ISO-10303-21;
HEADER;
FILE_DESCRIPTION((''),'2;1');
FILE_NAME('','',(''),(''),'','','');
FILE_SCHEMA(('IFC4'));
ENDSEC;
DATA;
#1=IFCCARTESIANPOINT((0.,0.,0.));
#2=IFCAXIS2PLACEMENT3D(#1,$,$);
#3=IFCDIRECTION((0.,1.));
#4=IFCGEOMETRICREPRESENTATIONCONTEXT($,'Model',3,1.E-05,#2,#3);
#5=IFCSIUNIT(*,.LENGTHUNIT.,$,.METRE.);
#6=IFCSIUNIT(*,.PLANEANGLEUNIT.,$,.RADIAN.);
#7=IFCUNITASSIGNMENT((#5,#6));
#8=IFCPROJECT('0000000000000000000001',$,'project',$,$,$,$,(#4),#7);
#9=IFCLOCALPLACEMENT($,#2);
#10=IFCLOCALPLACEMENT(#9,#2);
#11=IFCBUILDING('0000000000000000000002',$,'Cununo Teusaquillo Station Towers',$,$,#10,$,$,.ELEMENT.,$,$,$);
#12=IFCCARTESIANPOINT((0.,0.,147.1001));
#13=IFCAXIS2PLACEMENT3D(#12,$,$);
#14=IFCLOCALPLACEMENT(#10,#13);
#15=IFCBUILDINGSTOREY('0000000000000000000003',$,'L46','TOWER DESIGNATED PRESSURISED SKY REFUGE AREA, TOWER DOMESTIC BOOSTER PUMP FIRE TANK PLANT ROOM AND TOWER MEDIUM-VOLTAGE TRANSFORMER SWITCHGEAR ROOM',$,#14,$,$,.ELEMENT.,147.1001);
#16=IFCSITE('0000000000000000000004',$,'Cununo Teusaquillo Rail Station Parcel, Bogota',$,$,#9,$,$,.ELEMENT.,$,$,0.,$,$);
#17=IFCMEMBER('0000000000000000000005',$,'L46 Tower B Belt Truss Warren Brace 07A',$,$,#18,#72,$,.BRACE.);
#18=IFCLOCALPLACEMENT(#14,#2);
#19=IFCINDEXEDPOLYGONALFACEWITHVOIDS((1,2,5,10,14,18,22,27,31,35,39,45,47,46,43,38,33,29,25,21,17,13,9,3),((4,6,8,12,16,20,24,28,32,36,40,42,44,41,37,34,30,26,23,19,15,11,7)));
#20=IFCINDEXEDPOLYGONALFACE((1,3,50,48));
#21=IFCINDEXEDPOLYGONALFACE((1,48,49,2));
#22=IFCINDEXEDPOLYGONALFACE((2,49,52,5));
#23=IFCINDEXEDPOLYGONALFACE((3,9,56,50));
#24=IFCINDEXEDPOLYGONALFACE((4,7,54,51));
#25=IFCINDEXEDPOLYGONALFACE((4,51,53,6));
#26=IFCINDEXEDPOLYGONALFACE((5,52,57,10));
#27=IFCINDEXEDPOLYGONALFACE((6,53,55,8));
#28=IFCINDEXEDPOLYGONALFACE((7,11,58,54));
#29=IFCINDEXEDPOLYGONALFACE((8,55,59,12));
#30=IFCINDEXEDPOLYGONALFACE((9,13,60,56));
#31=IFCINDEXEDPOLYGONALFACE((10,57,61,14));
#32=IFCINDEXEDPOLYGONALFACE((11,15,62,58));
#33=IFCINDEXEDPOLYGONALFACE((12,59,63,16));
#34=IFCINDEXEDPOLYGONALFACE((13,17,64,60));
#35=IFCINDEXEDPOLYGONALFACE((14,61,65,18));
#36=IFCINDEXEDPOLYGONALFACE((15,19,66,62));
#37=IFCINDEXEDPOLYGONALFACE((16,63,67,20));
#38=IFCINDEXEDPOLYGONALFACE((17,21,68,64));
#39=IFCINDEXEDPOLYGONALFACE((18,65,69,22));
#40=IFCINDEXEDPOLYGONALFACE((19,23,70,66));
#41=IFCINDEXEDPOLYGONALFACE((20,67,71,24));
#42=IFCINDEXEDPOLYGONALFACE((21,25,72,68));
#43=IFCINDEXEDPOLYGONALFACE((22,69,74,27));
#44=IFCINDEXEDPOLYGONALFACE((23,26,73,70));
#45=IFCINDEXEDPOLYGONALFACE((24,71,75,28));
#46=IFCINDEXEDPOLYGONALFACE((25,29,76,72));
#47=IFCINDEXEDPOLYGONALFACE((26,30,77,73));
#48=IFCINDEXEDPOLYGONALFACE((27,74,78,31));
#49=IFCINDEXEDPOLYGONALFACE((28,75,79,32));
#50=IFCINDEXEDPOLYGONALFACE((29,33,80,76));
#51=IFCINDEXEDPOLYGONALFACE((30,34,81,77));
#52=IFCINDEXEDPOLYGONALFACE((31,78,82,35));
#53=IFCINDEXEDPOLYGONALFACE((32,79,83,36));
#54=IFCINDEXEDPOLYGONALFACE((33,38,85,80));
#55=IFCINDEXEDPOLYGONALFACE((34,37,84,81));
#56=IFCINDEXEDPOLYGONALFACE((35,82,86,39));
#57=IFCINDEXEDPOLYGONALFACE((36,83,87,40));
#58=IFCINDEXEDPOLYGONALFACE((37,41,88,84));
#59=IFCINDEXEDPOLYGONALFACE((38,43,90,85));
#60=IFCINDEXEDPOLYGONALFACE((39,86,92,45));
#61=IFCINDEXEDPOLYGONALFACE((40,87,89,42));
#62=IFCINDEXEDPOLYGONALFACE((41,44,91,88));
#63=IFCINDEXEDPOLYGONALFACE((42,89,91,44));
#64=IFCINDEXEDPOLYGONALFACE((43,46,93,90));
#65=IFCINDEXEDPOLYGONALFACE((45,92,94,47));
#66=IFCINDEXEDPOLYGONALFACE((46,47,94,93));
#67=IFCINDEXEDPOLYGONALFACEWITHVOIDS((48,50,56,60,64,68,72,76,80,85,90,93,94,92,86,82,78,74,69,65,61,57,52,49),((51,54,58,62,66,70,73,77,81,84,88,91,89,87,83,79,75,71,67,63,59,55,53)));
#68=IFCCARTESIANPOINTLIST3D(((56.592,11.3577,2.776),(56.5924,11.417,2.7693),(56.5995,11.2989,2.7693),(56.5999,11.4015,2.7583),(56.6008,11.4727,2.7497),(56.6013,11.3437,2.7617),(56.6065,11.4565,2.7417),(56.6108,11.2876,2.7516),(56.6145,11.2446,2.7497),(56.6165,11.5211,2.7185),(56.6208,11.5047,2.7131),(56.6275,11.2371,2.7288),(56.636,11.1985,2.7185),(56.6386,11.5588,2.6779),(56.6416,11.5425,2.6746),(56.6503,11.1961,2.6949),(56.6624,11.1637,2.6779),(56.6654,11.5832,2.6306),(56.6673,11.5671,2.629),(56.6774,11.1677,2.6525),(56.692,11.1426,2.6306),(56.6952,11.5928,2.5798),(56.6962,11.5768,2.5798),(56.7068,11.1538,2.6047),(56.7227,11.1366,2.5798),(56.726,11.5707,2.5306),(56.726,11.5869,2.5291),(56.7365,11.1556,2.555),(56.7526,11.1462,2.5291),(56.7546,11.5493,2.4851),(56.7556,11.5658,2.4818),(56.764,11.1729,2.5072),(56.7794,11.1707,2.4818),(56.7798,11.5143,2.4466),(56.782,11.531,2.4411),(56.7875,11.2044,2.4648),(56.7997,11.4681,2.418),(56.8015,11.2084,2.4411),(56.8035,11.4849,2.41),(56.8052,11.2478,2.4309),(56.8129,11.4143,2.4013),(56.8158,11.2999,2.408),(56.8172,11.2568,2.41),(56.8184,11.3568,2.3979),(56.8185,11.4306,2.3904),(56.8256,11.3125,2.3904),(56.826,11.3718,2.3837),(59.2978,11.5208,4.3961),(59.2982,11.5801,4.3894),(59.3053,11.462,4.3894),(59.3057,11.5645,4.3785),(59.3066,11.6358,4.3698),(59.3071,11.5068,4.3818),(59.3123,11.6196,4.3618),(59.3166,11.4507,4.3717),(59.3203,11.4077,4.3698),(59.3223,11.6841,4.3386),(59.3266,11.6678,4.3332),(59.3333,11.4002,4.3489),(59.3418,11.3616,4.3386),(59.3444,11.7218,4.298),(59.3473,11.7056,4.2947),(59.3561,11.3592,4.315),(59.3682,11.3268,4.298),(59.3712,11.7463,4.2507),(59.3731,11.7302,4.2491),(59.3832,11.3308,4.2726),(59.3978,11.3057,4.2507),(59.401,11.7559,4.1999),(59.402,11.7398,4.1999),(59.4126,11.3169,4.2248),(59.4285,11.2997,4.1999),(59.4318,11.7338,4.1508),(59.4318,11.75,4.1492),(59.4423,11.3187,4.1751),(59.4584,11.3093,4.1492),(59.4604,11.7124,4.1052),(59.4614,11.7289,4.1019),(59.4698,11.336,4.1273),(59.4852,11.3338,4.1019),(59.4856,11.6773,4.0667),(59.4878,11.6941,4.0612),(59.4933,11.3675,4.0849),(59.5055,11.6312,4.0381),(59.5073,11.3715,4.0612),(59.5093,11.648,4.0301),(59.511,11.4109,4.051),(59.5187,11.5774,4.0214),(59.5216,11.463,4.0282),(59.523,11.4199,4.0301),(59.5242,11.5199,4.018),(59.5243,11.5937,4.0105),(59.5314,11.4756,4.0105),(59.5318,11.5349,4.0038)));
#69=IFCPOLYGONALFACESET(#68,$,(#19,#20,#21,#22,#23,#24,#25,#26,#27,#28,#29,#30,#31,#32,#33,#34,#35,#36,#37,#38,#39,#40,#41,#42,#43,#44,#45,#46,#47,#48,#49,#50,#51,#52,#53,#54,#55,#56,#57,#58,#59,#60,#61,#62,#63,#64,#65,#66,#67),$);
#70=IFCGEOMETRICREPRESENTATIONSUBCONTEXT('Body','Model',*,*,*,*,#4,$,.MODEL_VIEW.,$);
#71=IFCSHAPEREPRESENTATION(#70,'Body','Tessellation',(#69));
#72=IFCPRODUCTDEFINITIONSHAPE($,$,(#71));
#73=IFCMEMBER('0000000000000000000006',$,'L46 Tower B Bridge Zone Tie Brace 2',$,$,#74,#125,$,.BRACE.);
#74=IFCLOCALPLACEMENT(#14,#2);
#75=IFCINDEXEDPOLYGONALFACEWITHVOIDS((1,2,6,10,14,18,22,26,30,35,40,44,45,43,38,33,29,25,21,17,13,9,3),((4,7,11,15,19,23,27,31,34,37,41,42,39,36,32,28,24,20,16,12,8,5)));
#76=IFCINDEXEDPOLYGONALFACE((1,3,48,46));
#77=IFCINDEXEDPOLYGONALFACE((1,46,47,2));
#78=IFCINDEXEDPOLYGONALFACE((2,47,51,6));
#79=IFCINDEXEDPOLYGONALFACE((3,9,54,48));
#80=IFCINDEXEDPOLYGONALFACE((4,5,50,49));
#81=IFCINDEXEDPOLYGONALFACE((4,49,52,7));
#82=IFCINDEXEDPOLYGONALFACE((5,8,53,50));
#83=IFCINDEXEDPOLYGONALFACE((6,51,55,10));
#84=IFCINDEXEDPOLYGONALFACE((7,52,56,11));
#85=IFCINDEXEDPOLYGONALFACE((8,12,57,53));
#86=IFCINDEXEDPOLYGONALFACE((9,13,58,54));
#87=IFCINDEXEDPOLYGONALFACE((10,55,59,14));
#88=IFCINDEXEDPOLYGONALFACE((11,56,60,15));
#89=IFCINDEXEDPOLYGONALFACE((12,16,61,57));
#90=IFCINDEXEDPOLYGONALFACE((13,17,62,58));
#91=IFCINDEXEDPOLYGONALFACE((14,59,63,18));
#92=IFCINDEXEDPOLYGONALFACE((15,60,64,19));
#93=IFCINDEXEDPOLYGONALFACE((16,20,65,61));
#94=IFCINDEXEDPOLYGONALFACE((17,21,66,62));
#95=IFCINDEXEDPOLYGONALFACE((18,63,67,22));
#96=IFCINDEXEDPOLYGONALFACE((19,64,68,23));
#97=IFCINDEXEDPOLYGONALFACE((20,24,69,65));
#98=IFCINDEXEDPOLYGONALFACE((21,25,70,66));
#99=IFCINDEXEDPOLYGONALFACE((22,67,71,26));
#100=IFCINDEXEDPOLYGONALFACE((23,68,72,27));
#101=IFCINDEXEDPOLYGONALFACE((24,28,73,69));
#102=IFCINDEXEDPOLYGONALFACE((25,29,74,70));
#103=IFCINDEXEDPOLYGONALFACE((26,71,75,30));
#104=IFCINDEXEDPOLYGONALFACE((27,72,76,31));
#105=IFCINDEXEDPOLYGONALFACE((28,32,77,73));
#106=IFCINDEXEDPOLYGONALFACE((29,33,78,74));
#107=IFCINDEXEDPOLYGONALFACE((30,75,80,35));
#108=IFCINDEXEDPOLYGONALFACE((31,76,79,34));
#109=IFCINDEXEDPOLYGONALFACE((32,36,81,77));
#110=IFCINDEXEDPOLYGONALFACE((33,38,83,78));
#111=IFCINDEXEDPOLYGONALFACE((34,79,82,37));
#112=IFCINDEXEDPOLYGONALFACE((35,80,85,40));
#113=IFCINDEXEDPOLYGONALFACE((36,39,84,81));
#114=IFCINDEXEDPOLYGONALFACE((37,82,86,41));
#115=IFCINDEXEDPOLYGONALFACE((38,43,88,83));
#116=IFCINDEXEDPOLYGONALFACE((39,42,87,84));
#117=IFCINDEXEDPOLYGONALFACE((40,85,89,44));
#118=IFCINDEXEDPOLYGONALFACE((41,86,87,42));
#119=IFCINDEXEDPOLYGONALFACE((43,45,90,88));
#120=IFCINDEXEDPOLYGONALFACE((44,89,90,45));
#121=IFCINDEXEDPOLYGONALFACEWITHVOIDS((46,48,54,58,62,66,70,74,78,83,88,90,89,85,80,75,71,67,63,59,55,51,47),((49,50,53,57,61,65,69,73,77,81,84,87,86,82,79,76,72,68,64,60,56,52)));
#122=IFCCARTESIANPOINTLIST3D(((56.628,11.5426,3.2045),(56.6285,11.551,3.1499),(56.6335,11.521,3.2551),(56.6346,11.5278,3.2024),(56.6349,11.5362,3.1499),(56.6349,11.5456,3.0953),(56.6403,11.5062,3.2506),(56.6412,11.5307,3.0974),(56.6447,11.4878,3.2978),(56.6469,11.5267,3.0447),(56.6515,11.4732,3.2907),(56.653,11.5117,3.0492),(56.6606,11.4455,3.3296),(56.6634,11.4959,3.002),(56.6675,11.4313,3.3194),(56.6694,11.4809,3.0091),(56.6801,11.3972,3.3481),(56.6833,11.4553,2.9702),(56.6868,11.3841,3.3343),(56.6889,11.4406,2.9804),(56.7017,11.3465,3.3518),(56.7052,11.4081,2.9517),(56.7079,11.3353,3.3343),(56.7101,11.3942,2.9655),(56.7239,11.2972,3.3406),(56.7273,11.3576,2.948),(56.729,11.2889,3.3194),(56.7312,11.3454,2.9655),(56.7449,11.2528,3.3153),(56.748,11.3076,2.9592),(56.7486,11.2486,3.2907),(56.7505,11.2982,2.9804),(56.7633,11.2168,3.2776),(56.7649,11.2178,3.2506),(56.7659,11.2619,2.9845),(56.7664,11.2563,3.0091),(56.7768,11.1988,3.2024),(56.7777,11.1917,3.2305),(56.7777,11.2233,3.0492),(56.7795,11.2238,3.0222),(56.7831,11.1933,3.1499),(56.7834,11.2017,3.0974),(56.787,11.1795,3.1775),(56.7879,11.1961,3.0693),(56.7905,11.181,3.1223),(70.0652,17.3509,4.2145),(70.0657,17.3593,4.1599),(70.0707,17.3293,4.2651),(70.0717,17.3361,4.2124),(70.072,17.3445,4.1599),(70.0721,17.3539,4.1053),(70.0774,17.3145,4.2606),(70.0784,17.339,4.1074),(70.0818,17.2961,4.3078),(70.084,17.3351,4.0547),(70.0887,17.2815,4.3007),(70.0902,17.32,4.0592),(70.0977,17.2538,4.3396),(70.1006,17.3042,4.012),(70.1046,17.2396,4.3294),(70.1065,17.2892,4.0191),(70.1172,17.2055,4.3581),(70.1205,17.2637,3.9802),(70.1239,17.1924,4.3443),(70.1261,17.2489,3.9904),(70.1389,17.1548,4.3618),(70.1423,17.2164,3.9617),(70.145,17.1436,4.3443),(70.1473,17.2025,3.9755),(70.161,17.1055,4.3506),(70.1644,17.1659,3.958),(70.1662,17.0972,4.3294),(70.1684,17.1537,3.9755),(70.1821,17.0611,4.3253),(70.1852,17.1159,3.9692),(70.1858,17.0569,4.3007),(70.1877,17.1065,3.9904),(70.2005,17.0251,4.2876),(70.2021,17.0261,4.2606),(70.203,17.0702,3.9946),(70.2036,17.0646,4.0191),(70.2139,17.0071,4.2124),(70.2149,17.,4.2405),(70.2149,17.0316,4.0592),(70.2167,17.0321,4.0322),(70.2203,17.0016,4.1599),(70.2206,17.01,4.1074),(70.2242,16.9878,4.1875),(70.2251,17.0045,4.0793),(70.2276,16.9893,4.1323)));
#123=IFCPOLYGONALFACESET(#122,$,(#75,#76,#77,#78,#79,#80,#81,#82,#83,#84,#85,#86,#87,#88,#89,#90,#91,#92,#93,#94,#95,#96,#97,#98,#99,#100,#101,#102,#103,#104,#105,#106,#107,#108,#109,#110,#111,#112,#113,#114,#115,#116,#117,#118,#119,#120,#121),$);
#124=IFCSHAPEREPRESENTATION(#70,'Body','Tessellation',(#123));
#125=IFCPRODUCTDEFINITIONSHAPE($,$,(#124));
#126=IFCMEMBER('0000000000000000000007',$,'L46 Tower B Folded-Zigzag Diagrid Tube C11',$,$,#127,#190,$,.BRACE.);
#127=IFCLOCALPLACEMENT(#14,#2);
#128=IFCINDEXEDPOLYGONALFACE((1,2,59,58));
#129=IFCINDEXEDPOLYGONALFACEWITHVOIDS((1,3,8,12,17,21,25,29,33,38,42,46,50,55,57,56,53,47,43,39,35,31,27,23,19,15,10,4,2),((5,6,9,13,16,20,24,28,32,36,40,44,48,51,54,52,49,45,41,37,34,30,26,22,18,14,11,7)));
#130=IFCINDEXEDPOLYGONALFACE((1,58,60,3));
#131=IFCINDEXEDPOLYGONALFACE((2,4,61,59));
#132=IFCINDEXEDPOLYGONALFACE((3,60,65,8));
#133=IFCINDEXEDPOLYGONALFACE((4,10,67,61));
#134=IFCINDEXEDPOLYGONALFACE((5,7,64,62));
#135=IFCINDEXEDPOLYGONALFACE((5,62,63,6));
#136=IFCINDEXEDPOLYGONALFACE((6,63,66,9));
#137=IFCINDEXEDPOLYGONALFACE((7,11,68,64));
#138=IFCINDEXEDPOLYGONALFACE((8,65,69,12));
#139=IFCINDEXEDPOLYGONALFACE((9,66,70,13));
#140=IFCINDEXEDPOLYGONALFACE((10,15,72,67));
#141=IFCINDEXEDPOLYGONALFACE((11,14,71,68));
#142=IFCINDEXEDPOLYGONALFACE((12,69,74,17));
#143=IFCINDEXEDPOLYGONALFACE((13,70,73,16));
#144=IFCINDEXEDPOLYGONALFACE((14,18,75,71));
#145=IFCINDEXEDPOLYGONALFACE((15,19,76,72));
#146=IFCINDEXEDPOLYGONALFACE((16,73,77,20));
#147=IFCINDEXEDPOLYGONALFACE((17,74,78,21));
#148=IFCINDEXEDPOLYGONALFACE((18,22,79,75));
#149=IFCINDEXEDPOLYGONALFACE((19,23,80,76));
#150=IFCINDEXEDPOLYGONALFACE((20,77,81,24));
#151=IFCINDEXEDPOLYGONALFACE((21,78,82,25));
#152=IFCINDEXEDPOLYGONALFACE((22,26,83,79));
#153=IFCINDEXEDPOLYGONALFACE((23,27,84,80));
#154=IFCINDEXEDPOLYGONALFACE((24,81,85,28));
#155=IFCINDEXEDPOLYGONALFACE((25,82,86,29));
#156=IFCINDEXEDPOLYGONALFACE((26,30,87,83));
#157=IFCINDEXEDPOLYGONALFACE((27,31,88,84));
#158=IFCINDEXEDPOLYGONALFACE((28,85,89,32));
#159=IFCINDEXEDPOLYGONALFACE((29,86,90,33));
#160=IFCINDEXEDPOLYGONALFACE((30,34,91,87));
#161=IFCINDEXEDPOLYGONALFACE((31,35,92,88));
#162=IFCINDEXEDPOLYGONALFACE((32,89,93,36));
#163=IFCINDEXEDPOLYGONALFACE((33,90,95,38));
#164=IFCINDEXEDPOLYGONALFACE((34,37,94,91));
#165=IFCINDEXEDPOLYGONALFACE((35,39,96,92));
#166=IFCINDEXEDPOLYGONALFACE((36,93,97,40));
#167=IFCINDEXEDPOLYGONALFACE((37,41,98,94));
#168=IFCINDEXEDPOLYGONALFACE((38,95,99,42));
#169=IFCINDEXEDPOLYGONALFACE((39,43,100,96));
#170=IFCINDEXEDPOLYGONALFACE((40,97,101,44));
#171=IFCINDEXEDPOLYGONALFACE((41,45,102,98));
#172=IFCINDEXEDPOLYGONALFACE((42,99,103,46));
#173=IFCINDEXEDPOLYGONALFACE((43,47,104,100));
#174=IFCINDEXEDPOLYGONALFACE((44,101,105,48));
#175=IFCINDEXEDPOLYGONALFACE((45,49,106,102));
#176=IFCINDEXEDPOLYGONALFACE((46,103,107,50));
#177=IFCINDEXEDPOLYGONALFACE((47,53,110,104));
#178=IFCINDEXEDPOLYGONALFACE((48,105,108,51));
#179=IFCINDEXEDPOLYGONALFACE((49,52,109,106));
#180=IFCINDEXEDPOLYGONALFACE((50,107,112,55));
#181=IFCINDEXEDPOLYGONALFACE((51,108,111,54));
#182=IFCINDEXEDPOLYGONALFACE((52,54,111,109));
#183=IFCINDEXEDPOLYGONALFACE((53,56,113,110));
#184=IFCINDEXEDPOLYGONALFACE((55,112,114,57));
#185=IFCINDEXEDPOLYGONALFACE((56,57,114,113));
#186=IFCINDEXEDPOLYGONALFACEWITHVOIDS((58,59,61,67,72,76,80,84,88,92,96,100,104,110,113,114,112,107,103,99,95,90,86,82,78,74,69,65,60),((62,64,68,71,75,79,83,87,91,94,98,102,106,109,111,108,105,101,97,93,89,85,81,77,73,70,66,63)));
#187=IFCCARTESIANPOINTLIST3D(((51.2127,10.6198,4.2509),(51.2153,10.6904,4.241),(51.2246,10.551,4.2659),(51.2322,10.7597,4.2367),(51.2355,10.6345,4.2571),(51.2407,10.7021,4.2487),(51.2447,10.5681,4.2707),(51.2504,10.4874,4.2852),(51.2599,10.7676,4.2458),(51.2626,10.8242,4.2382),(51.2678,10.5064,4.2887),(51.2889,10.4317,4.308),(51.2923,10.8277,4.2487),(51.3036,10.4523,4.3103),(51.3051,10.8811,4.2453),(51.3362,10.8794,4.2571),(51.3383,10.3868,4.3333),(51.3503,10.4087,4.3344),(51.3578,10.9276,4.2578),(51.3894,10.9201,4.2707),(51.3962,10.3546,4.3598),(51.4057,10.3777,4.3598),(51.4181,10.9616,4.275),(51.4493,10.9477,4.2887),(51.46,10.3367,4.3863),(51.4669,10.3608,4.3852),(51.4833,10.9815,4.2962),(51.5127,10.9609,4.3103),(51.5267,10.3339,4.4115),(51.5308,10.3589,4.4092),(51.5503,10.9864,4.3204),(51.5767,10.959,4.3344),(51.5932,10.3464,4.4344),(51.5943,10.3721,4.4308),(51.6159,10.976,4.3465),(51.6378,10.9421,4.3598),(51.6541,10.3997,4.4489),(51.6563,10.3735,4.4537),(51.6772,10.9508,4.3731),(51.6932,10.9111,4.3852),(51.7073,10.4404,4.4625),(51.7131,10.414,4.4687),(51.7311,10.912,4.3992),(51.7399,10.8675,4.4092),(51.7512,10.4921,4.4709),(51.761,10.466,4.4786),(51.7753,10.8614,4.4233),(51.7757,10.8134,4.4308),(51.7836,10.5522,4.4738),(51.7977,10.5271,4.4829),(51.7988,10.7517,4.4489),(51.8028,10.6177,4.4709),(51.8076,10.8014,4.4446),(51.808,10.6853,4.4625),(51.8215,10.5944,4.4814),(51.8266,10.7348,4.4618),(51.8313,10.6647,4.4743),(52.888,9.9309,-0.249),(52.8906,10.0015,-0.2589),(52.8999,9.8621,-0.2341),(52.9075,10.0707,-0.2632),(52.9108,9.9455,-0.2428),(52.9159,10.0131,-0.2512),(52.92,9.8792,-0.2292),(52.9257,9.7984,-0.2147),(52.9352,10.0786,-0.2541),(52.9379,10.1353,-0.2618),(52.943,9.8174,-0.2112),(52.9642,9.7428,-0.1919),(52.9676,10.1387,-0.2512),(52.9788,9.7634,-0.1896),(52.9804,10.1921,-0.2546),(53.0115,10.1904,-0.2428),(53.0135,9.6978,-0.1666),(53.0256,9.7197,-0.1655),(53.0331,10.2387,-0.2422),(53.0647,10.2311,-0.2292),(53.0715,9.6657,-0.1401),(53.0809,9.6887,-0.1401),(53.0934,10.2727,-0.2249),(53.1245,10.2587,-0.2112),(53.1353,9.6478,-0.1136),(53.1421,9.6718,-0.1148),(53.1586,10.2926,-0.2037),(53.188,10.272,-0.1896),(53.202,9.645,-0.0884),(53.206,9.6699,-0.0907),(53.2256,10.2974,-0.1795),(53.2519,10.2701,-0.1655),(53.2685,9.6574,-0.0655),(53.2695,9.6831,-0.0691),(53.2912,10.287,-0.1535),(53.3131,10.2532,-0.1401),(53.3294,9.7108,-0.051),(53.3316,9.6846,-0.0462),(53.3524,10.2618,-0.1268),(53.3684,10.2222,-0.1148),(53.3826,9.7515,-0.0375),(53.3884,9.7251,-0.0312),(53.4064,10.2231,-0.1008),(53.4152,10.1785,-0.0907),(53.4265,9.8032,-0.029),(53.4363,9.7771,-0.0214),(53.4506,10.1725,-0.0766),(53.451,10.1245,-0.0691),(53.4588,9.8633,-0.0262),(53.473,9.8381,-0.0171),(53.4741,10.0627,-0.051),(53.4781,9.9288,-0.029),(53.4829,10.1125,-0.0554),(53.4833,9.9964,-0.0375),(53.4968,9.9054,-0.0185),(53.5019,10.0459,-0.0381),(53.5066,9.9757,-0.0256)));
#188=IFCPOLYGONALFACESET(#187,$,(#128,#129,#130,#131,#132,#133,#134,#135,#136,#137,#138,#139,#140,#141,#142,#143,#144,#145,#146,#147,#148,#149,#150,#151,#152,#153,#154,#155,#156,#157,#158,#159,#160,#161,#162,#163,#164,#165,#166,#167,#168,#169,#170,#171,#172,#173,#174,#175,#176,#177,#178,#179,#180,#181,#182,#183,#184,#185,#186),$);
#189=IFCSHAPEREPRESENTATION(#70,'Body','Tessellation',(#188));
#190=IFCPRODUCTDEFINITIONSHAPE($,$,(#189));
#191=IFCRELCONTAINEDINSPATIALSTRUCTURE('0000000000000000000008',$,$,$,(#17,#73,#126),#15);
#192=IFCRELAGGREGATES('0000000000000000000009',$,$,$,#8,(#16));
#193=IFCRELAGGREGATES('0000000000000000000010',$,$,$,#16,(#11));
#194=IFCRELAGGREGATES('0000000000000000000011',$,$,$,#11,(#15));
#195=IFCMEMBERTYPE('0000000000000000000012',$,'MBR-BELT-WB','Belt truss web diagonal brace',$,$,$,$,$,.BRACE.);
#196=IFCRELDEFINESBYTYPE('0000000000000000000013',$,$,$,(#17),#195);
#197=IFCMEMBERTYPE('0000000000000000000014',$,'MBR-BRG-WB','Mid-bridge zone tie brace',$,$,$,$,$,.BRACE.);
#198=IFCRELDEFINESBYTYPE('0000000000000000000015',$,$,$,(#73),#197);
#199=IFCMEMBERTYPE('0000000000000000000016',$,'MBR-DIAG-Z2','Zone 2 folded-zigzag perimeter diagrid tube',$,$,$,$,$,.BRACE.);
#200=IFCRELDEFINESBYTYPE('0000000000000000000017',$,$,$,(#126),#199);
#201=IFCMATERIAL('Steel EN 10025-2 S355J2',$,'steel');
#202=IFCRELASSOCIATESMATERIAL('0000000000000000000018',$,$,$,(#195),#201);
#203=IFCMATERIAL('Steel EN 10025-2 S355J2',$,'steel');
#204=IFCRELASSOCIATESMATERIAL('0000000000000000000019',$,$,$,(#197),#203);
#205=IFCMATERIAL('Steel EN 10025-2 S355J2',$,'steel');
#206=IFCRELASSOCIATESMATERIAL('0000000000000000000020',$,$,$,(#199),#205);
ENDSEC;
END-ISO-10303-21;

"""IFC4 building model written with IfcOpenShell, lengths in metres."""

from ifc_helpers import new_model, si_unit, direction, frame, origin, origin_2d, place, context, subcontext, project, spatial, hollow_circle, extrude, material, material_profile, profile_set, type_object, element, save


model = new_model("IFC4")

# Units and contexts
model_context = context("Model", 3, precision=1e-05, world=origin(), true_north=direction((0.0, 1.0)))
body_context = subcontext(model_context, "Body", "Model", "MODEL_VIEW")
ifc_project = project(units=[si_unit("LENGTHUNIT", "METRE"), si_unit("PLANEANGLEUNIT", "RADIAN")], contexts=[model_context])

# Site, building, storey
site_placement = place(None, origin())
site = spatial("IfcSite", under=ifc_project, at=site_placement, Name="Cununo Teusaquillo Rail Station Parcel, Bogota", CompositionType="ELEMENT", RefElevation=0.0)
building_placement = place(site_placement, origin())
building = spatial("IfcBuilding", under=site, at=building_placement, Name="Cununo Teusaquillo Station Towers", CompositionType="ELEMENT")
storey_placement = place(building_placement, frame((0.0, 0.0, 147.1001)))
storey = spatial("IfcBuildingStorey", under=building, at=storey_placement, Name="L46", Description="TOWER DESIGNATED PRESSURISED SKY REFUGE AREA, TOWER DOMESTIC BOOSTER PUMP FIRE TANK PLANT ROOM AND TOWER MEDIUM-VOLTAGE TRANSFORMER SWITCHGEAR ROOM", CompositionType="ELEMENT", Elevation=147.1001)

# Members
ifc_material_1 = material(Name="Steel EN 10025-2 S355J2", Category="steel")
ifc_material_profile_1 = material_profile(ifc_material_1, hollow_circle(Radius=0.2285, WallThickness=0.0161, at=origin_2d()), Name="CHS 457x16")
ifc_profile_set_1 = profile_set([ifc_material_profile_1], Name="Steel EN 10025-2 S355J2")
member_type_1 = type_object("IfcMemberType", Name="MBR-BELT-WB", Description="Belt truss web diagonal brace", PredefinedType="BRACE", material=ifc_profile_set_1)
member_1_placement = place(storey_placement, frame((56.709, 11.3647, 2.5798), z_axis=(0.856819, 0.051643, 0.513025), x_axis=(-0.060163, 0.998189, 0.0)))
element("IfcMember", 1, at=member_1_placement, inside=storey, type_object=member_type_1, Name="L46 Tower B Belt Truss Warren Brace 07A", PredefinedType="BRACE", context=body_context, shape_type="SweptSolid", body=[
    extrude(hollow_circle(Radius=0.2285, WallThickness=0.0161, at=origin_2d()), origin(), (0.0, 0.0, 1.0), 3.158),
])
ifc_material_2 = material(Name="Steel EN 10025-2 S355J2", Category="steel")
ifc_material_profile_2 = material_profile(ifc_material_2, hollow_circle(Radius=0.2029, WallThickness=0.0161, at=origin_2d()), Name="CHS 406x16")
ifc_profile_set_2 = profile_set([ifc_material_profile_2], Name="Steel EN 10025-2 S355J2")
member_type_2 = type_object("IfcMemberType", Name="MBR-BRG-WB", Description="Mid-bridge zone tie brace", PredefinedType="BRACE", material=ifc_profile_set_2)
member_2_placement = place(storey_placement, frame((56.709, 11.3647, 3.1499), z_axis=(0.915739, 0.395835, 0.068831), x_axis=(-0.396776, 0.917916, 0.0)))
element("IfcMember", 2, at=member_2_placement, inside=storey, type_object=member_type_2, Name="L46 Tower B Bridge Zone Tie Brace 2", PredefinedType="BRACE", context=body_context, shape_type="SweptSolid", body=[
    extrude(hollow_circle(Radius=0.2029, WallThickness=0.0161, at=origin_2d()), origin(), (0.0, 0.0, 1.0), 14.6736),
])
ifc_material_3 = material(Name="Steel EN 10025-2 S355J2", Category="steel")
ifc_material_profile_3 = material_profile(ifc_material_3, hollow_circle(Radius=0.3301, WallThickness=0.0249, at=origin_2d()), Name="CHS 660x25")
ifc_profile_set_3 = profile_set([ifc_material_profile_3], Name="Steel EN 10025-2 S355J2")
member_type_3 = type_object("IfcMemberType", Name="MBR-DIAG-Z2", Description="Zone 2 folded-zigzag perimeter diagrid tube", PredefinedType="BRACE", material=ifc_profile_set_3)
member_3_placement = place(storey_placement, frame((53.197, 9.9709, -0.1401), z_axis=(-0.345357, 0.142028, 0.927662), x_axis=(-0.380343, -0.924845, 0.0)))
element("IfcMember", 3, at=member_3_placement, inside=storey, type_object=member_type_3, Name="L46 Tower B Folded-Zigzag Diagrid Tube C11", PredefinedType="BRACE", context=body_context, shape_type="SweptSolid", body=[
    extrude(hollow_circle(Radius=0.3301, WallThickness=0.0249, at=origin_2d()), origin(), (0.0, 0.0, 1.0), 4.8508),
])

save(model, "model.ifc")
